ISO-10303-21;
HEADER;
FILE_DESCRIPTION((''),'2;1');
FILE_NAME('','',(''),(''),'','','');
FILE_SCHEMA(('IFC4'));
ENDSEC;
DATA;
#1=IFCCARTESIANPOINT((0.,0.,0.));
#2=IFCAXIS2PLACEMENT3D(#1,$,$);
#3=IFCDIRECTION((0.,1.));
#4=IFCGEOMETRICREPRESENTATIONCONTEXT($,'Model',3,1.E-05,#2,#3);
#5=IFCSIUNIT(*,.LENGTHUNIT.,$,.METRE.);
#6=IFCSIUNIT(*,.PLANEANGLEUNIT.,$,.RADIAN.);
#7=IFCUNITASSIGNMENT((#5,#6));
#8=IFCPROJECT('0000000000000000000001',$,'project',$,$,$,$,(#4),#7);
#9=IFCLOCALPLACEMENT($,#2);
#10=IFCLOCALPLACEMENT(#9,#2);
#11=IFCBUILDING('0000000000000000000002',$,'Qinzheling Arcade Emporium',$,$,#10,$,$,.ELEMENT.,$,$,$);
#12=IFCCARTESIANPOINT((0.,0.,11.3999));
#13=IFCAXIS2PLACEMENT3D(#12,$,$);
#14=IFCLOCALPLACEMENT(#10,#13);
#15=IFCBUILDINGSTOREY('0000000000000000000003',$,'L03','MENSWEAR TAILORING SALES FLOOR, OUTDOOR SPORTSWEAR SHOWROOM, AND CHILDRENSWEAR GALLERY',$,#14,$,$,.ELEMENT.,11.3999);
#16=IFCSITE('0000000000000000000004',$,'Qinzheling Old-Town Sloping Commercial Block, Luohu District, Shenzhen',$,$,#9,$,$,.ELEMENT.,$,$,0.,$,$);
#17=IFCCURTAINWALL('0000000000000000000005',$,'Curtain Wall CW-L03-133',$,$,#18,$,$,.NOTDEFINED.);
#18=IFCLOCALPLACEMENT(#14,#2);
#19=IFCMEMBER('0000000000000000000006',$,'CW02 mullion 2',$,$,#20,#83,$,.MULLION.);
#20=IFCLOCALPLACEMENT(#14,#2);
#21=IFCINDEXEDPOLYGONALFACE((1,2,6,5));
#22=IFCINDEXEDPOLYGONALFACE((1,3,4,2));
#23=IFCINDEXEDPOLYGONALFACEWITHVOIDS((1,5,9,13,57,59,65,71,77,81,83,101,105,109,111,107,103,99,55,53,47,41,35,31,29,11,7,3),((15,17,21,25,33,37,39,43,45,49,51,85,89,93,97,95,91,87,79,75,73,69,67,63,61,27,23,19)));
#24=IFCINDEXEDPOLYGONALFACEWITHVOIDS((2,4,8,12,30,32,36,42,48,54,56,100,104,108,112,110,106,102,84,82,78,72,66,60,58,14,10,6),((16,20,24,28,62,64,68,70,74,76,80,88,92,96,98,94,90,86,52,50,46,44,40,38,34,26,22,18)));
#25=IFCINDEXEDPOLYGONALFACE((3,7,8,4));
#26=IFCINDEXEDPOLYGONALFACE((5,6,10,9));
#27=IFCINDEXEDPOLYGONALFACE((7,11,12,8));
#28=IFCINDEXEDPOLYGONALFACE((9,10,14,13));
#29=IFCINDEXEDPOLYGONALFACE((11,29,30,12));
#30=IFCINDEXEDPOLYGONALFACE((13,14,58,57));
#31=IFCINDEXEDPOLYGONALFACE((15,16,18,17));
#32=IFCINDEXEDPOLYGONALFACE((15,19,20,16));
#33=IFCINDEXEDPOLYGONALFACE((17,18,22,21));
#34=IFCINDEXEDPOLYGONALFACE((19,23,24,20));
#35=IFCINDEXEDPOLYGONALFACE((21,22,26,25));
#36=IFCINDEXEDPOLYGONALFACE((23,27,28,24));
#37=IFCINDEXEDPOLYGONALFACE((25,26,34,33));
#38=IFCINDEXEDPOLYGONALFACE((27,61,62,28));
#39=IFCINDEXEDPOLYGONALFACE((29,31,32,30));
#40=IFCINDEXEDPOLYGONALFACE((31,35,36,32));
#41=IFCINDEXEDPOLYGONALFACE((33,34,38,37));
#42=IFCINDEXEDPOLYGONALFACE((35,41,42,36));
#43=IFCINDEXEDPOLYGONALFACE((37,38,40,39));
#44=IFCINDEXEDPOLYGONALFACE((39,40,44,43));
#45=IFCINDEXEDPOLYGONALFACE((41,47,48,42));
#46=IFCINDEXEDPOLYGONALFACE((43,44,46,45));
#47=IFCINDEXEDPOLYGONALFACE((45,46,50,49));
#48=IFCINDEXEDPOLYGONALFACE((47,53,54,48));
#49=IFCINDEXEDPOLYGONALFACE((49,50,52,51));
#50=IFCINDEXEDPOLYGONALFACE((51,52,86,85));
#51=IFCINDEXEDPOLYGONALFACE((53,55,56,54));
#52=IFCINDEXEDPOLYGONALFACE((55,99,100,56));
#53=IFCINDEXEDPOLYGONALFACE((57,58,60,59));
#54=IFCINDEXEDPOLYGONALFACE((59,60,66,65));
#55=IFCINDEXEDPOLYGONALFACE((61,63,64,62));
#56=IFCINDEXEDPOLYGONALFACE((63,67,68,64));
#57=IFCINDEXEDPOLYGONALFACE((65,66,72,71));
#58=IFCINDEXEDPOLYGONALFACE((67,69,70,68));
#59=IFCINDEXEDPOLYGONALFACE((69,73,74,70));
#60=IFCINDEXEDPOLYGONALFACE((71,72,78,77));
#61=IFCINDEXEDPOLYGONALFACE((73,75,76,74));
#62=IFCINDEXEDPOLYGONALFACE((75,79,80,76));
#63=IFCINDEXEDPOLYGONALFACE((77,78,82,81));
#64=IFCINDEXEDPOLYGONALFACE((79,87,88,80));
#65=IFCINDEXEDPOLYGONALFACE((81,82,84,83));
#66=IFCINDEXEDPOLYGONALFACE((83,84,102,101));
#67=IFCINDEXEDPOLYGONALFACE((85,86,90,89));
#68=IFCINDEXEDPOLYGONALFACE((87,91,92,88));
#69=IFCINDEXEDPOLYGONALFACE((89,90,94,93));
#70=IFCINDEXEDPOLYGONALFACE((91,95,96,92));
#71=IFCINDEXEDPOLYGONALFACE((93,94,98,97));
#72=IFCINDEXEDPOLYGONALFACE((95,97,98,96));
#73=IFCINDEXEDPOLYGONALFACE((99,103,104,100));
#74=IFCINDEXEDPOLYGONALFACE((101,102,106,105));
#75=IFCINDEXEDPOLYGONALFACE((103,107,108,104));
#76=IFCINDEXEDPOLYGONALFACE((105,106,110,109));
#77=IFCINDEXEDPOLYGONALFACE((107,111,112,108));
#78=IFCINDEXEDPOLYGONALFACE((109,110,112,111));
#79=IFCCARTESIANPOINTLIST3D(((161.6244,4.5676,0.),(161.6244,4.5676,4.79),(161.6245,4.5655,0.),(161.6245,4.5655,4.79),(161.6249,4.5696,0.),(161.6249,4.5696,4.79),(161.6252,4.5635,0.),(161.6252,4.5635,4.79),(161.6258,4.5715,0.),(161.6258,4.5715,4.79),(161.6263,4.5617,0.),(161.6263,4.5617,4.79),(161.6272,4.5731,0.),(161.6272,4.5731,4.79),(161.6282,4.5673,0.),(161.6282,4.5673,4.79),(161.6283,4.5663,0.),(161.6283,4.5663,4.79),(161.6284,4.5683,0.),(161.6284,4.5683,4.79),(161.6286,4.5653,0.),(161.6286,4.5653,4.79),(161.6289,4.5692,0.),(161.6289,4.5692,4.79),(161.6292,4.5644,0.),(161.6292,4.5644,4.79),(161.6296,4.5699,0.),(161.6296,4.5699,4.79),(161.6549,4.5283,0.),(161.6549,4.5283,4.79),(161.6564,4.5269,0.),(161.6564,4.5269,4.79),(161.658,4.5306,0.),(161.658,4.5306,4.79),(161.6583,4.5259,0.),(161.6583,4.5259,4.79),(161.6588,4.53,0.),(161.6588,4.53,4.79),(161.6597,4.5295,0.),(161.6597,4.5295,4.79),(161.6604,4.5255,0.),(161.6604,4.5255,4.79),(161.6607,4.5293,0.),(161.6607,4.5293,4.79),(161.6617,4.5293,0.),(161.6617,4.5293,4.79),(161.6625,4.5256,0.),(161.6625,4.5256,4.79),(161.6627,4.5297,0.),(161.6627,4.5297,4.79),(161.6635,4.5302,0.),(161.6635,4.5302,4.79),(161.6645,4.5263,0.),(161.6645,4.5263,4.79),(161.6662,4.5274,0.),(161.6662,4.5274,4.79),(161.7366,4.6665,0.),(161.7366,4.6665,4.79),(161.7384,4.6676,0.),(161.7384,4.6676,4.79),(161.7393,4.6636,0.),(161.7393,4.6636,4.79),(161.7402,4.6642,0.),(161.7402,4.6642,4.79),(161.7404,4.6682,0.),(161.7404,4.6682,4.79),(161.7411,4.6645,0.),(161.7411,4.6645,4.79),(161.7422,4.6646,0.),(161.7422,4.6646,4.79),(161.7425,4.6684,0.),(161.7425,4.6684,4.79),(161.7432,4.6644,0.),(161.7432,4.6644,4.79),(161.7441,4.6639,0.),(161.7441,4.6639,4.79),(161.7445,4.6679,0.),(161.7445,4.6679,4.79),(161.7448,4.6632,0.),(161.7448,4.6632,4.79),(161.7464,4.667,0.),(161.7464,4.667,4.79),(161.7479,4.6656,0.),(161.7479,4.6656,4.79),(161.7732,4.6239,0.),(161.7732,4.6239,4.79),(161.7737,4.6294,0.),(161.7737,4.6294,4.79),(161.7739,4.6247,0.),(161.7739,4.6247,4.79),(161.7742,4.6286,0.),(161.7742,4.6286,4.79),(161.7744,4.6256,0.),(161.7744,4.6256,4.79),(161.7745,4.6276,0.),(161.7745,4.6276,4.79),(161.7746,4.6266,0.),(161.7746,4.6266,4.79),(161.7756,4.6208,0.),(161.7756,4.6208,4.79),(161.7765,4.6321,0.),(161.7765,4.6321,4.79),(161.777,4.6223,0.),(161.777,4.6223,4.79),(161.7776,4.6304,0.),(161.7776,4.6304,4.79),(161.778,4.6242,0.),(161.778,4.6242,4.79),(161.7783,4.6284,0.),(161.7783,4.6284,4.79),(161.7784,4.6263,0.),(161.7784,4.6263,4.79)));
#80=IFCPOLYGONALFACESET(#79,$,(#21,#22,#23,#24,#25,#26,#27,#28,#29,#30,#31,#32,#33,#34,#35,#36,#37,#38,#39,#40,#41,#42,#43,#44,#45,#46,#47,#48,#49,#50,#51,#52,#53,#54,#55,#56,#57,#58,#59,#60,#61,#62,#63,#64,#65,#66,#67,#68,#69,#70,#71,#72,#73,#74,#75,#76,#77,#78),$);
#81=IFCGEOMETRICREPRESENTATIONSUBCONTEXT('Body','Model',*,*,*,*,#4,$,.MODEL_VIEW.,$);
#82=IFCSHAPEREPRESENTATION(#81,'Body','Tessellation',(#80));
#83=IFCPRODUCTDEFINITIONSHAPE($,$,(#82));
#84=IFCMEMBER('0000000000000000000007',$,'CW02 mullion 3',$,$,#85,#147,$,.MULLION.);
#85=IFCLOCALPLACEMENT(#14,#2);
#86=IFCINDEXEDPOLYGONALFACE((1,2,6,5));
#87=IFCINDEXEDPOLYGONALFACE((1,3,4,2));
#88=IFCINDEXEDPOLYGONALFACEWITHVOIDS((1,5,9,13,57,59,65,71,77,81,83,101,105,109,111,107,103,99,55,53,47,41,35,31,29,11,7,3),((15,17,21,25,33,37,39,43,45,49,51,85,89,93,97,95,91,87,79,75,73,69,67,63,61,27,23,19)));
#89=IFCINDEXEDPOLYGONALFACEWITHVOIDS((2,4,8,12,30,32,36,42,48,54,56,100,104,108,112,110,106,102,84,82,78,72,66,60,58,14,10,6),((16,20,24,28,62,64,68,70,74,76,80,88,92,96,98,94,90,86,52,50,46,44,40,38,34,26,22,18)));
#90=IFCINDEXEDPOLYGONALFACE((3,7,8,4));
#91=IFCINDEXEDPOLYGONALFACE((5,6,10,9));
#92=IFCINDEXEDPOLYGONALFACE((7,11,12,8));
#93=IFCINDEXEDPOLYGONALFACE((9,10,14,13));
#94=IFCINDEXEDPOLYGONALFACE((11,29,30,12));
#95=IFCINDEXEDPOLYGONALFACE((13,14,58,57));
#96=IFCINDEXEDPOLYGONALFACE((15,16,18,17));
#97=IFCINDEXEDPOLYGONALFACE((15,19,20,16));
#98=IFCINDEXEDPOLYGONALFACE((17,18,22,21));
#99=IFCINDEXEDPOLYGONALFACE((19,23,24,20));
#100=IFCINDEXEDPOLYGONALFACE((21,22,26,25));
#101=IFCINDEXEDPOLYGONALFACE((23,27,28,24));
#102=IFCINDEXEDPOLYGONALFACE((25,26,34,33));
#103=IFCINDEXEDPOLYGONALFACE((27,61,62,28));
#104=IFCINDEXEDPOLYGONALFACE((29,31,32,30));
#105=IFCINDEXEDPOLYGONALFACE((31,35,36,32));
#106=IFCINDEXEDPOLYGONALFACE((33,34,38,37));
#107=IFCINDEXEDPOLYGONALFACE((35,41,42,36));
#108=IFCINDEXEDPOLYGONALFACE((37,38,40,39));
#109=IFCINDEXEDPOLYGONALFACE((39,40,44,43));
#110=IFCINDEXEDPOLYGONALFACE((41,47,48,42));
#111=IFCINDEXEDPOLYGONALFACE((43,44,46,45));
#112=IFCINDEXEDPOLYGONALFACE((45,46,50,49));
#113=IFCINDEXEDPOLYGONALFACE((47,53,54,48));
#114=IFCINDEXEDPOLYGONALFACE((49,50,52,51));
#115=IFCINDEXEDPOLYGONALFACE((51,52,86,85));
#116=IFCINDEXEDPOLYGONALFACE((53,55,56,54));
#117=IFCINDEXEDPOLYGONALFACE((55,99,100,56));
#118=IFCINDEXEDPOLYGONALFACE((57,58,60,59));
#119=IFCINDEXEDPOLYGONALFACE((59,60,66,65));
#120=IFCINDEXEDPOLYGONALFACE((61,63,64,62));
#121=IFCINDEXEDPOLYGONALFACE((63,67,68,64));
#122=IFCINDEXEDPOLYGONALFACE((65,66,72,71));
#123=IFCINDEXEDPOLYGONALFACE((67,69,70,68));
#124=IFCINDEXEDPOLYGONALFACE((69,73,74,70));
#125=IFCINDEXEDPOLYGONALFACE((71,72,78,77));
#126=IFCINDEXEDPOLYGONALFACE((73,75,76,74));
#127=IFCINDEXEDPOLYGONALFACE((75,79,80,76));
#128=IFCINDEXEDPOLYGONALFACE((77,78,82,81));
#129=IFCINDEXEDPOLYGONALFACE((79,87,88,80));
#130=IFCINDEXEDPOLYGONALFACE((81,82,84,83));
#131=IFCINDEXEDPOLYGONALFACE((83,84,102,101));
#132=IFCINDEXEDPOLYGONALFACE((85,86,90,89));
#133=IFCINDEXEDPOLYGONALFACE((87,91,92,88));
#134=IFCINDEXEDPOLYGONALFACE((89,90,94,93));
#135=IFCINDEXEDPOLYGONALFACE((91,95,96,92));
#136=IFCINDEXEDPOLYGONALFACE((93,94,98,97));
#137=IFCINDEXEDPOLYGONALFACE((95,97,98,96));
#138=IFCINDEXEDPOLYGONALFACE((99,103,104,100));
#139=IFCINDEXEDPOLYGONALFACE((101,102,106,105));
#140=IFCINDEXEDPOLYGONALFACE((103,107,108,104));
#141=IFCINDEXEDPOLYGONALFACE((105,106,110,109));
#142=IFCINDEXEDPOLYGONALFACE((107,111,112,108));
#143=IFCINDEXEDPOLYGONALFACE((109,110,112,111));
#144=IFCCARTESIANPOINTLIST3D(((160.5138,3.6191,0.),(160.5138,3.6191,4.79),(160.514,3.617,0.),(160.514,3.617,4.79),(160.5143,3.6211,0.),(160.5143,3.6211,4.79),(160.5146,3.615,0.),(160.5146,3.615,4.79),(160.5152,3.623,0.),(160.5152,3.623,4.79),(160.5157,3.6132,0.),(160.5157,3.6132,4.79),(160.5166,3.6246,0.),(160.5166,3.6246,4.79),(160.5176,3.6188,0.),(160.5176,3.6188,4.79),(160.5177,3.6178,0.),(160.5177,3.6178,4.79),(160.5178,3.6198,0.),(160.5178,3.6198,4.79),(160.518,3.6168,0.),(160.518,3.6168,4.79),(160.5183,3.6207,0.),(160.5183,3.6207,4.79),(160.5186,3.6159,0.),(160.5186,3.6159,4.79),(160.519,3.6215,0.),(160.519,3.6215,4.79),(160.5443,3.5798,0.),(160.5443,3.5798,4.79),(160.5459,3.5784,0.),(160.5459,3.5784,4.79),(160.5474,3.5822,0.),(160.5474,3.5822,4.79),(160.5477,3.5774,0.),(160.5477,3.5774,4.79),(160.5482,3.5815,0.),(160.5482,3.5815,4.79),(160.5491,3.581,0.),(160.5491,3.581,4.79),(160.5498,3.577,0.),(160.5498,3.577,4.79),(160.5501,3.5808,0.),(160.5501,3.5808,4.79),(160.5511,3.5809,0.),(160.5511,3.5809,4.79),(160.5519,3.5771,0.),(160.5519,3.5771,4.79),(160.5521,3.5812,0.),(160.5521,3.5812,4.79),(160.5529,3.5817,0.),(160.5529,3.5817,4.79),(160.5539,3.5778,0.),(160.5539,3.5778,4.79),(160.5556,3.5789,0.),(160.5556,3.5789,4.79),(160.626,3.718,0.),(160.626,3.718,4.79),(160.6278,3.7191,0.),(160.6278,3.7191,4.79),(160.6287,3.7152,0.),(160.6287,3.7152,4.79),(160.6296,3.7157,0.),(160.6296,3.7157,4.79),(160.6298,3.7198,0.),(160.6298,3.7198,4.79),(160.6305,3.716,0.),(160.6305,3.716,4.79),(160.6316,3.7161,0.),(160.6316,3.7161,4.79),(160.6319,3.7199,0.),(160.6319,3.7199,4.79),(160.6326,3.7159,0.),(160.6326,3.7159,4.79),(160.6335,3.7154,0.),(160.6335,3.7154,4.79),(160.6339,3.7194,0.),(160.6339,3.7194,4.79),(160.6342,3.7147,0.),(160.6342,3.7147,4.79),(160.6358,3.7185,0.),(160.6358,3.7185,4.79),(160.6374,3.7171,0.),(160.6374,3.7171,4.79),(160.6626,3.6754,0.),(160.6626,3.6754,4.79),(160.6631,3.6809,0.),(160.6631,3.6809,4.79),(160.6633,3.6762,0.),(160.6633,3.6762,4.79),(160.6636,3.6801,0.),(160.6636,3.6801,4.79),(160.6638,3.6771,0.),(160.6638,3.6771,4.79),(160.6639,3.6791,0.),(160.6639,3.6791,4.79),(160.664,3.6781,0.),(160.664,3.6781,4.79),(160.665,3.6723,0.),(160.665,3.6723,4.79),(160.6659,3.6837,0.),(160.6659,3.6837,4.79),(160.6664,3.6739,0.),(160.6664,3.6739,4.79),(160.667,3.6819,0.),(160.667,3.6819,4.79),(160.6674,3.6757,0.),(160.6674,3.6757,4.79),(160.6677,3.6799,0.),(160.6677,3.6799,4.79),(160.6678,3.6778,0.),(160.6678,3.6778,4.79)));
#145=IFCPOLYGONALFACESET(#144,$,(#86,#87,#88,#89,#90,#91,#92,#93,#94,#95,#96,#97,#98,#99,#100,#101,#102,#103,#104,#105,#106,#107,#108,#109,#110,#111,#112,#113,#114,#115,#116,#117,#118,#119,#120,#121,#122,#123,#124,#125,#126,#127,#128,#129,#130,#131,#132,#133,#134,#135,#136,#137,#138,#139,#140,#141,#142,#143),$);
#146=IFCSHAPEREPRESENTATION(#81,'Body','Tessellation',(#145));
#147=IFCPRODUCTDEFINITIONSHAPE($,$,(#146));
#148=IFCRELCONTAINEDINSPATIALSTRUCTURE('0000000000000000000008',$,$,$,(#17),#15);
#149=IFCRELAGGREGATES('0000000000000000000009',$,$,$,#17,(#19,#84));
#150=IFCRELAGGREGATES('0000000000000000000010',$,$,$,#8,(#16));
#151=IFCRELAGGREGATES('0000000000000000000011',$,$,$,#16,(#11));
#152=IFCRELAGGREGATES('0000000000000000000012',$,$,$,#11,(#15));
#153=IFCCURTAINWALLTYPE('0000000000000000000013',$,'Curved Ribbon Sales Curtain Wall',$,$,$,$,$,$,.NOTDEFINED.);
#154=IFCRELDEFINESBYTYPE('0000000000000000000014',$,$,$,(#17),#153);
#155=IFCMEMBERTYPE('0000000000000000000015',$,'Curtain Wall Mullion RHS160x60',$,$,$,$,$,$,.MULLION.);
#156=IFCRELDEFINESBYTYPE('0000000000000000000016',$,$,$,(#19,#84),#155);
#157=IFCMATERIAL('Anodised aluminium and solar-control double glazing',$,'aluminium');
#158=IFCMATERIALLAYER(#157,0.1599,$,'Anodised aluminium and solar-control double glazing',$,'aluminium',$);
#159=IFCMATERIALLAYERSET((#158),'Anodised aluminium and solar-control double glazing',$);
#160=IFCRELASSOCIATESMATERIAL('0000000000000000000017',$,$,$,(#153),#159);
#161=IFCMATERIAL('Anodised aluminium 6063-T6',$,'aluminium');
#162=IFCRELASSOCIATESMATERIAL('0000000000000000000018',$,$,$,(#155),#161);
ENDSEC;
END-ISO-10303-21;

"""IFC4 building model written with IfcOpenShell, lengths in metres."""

from ifc_helpers import new_model, si_unit, direction, frame, origin, origin_2d, place, context, subcontext, project, spatial, hollow_rectangle, extrude, material, layer, layer_set, material_profile, profile_set, type_object, element, aggregate, save


model = new_model("IFC4")

# Units and contexts
model_context = context("Model", 3, precision=1e-05, world=origin(), true_north=direction((0.0, 1.0)))
body_context = subcontext(model_context, "Body", "Model", "MODEL_VIEW")
ifc_project = project(units=[si_unit("LENGTHUNIT", "METRE"), si_unit("PLANEANGLEUNIT", "RADIAN")], contexts=[model_context])

# Site, building, storey
site_placement = place(None, origin())
site = spatial("IfcSite", under=ifc_project, at=site_placement, Name="Qinzheling Old-Town Sloping Commercial Block, Luohu District, Shenzhen", CompositionType="ELEMENT", RefElevation=0.0)
building_placement = place(site_placement, origin())
building = spatial("IfcBuilding", under=site, at=building_placement, Name="Qinzheling Arcade Emporium", CompositionType="ELEMENT")
storey_placement = place(building_placement, frame((0.0, 0.0, 11.3999)))
storey = spatial("IfcBuildingStorey", under=building, at=storey_placement, Name="L03", Description="MENSWEAR TAILORING SALES FLOOR, OUTDOOR SPORTSWEAR SHOWROOM, AND CHILDRENSWEAR GALLERY", CompositionType="ELEMENT", Elevation=11.3999)

# Curtain wall, members
ifc_material_1 = material(Name="Anodised aluminium and solar-control double glazing", Category="aluminium")
ifc_layer_1 = layer(ifc_material_1, 0.1599, Name="Anodised aluminium and solar-control double glazing", Category="aluminium")
ifc_layer_set_1 = layer_set([ifc_layer_1], Name="Anodised aluminium and solar-control double glazing")
curtain_wall_type = type_object("IfcCurtainWallType", Name="Curved Ribbon Sales Curtain Wall", PredefinedType="NOTDEFINED", material=ifc_layer_set_1)
curtain_wall_1_placement = place(storey_placement, origin())
curtain_wall_1 = element("IfcCurtainWall", 1, at=curtain_wall_1_placement, inside=storey, type_object=curtain_wall_type, Name="Curtain Wall CW-L03-133", PredefinedType="NOTDEFINED")
ifc_material_2 = material(Name="Anodised aluminium 6063-T6", Category="aluminium")
ifc_material_profile_1 = material_profile(ifc_material_2, hollow_rectangle(XDim=0.0601, YDim=0.1599, WallThickness=0.0039, InnerFilletRadius=0.0039, OuterFilletRadius=0.0081, at=origin_2d()), Name="RHS 160x60x4", Category="aluminium")
ifc_profile_set_1 = profile_set([ifc_material_profile_1], Name="Anodised aluminium 6063-T6")
member_type_1 = type_object("IfcMemberType", Name="Curtain Wall Mullion RHS160x60", PredefinedType="MULLION", material=ifc_profile_set_1)
member_1_placement = place(storey_placement, frame((161.7014, 4.5969, 0.0), z_axis=(0.0, 0.0, 1.0), x_axis=(0.649409, -0.760439, 0.0)))
member_1 = element("IfcMember", 2, at=member_1_placement, type_object=member_type_1, Name="CW02 mullion 2", PredefinedType="MULLION", context=body_context, shape_type="SweptSolid", body=[
    extrude(hollow_rectangle(XDim=0.0601, YDim=0.1599, WallThickness=0.0039, InnerFilletRadius=0.0039, OuterFilletRadius=0.0081, at=origin_2d()), origin(), (0.0, 0.0, 1.0), 4.79),
])
member_2_placement = place(storey_placement, frame((160.5908, 3.6484, 0.0), z_axis=(0.0, 0.0, 1.0), x_axis=(0.649409, -0.760439, 0.0)))
member_2 = element("IfcMember", 3, at=member_2_placement, type_object=member_type_1, Name="CW02 mullion 3", PredefinedType="MULLION", context=body_context, shape_type="SweptSolid", body=[
    extrude(hollow_rectangle(XDim=0.0601, YDim=0.1599, WallThickness=0.0039, InnerFilletRadius=0.0039, OuterFilletRadius=0.0081, at=origin_2d()), origin(), (0.0, 0.0, 1.0), 4.79),
])

aggregate(curtain_wall_1, [member_1, member_2])

save(model, "model.ifc")
